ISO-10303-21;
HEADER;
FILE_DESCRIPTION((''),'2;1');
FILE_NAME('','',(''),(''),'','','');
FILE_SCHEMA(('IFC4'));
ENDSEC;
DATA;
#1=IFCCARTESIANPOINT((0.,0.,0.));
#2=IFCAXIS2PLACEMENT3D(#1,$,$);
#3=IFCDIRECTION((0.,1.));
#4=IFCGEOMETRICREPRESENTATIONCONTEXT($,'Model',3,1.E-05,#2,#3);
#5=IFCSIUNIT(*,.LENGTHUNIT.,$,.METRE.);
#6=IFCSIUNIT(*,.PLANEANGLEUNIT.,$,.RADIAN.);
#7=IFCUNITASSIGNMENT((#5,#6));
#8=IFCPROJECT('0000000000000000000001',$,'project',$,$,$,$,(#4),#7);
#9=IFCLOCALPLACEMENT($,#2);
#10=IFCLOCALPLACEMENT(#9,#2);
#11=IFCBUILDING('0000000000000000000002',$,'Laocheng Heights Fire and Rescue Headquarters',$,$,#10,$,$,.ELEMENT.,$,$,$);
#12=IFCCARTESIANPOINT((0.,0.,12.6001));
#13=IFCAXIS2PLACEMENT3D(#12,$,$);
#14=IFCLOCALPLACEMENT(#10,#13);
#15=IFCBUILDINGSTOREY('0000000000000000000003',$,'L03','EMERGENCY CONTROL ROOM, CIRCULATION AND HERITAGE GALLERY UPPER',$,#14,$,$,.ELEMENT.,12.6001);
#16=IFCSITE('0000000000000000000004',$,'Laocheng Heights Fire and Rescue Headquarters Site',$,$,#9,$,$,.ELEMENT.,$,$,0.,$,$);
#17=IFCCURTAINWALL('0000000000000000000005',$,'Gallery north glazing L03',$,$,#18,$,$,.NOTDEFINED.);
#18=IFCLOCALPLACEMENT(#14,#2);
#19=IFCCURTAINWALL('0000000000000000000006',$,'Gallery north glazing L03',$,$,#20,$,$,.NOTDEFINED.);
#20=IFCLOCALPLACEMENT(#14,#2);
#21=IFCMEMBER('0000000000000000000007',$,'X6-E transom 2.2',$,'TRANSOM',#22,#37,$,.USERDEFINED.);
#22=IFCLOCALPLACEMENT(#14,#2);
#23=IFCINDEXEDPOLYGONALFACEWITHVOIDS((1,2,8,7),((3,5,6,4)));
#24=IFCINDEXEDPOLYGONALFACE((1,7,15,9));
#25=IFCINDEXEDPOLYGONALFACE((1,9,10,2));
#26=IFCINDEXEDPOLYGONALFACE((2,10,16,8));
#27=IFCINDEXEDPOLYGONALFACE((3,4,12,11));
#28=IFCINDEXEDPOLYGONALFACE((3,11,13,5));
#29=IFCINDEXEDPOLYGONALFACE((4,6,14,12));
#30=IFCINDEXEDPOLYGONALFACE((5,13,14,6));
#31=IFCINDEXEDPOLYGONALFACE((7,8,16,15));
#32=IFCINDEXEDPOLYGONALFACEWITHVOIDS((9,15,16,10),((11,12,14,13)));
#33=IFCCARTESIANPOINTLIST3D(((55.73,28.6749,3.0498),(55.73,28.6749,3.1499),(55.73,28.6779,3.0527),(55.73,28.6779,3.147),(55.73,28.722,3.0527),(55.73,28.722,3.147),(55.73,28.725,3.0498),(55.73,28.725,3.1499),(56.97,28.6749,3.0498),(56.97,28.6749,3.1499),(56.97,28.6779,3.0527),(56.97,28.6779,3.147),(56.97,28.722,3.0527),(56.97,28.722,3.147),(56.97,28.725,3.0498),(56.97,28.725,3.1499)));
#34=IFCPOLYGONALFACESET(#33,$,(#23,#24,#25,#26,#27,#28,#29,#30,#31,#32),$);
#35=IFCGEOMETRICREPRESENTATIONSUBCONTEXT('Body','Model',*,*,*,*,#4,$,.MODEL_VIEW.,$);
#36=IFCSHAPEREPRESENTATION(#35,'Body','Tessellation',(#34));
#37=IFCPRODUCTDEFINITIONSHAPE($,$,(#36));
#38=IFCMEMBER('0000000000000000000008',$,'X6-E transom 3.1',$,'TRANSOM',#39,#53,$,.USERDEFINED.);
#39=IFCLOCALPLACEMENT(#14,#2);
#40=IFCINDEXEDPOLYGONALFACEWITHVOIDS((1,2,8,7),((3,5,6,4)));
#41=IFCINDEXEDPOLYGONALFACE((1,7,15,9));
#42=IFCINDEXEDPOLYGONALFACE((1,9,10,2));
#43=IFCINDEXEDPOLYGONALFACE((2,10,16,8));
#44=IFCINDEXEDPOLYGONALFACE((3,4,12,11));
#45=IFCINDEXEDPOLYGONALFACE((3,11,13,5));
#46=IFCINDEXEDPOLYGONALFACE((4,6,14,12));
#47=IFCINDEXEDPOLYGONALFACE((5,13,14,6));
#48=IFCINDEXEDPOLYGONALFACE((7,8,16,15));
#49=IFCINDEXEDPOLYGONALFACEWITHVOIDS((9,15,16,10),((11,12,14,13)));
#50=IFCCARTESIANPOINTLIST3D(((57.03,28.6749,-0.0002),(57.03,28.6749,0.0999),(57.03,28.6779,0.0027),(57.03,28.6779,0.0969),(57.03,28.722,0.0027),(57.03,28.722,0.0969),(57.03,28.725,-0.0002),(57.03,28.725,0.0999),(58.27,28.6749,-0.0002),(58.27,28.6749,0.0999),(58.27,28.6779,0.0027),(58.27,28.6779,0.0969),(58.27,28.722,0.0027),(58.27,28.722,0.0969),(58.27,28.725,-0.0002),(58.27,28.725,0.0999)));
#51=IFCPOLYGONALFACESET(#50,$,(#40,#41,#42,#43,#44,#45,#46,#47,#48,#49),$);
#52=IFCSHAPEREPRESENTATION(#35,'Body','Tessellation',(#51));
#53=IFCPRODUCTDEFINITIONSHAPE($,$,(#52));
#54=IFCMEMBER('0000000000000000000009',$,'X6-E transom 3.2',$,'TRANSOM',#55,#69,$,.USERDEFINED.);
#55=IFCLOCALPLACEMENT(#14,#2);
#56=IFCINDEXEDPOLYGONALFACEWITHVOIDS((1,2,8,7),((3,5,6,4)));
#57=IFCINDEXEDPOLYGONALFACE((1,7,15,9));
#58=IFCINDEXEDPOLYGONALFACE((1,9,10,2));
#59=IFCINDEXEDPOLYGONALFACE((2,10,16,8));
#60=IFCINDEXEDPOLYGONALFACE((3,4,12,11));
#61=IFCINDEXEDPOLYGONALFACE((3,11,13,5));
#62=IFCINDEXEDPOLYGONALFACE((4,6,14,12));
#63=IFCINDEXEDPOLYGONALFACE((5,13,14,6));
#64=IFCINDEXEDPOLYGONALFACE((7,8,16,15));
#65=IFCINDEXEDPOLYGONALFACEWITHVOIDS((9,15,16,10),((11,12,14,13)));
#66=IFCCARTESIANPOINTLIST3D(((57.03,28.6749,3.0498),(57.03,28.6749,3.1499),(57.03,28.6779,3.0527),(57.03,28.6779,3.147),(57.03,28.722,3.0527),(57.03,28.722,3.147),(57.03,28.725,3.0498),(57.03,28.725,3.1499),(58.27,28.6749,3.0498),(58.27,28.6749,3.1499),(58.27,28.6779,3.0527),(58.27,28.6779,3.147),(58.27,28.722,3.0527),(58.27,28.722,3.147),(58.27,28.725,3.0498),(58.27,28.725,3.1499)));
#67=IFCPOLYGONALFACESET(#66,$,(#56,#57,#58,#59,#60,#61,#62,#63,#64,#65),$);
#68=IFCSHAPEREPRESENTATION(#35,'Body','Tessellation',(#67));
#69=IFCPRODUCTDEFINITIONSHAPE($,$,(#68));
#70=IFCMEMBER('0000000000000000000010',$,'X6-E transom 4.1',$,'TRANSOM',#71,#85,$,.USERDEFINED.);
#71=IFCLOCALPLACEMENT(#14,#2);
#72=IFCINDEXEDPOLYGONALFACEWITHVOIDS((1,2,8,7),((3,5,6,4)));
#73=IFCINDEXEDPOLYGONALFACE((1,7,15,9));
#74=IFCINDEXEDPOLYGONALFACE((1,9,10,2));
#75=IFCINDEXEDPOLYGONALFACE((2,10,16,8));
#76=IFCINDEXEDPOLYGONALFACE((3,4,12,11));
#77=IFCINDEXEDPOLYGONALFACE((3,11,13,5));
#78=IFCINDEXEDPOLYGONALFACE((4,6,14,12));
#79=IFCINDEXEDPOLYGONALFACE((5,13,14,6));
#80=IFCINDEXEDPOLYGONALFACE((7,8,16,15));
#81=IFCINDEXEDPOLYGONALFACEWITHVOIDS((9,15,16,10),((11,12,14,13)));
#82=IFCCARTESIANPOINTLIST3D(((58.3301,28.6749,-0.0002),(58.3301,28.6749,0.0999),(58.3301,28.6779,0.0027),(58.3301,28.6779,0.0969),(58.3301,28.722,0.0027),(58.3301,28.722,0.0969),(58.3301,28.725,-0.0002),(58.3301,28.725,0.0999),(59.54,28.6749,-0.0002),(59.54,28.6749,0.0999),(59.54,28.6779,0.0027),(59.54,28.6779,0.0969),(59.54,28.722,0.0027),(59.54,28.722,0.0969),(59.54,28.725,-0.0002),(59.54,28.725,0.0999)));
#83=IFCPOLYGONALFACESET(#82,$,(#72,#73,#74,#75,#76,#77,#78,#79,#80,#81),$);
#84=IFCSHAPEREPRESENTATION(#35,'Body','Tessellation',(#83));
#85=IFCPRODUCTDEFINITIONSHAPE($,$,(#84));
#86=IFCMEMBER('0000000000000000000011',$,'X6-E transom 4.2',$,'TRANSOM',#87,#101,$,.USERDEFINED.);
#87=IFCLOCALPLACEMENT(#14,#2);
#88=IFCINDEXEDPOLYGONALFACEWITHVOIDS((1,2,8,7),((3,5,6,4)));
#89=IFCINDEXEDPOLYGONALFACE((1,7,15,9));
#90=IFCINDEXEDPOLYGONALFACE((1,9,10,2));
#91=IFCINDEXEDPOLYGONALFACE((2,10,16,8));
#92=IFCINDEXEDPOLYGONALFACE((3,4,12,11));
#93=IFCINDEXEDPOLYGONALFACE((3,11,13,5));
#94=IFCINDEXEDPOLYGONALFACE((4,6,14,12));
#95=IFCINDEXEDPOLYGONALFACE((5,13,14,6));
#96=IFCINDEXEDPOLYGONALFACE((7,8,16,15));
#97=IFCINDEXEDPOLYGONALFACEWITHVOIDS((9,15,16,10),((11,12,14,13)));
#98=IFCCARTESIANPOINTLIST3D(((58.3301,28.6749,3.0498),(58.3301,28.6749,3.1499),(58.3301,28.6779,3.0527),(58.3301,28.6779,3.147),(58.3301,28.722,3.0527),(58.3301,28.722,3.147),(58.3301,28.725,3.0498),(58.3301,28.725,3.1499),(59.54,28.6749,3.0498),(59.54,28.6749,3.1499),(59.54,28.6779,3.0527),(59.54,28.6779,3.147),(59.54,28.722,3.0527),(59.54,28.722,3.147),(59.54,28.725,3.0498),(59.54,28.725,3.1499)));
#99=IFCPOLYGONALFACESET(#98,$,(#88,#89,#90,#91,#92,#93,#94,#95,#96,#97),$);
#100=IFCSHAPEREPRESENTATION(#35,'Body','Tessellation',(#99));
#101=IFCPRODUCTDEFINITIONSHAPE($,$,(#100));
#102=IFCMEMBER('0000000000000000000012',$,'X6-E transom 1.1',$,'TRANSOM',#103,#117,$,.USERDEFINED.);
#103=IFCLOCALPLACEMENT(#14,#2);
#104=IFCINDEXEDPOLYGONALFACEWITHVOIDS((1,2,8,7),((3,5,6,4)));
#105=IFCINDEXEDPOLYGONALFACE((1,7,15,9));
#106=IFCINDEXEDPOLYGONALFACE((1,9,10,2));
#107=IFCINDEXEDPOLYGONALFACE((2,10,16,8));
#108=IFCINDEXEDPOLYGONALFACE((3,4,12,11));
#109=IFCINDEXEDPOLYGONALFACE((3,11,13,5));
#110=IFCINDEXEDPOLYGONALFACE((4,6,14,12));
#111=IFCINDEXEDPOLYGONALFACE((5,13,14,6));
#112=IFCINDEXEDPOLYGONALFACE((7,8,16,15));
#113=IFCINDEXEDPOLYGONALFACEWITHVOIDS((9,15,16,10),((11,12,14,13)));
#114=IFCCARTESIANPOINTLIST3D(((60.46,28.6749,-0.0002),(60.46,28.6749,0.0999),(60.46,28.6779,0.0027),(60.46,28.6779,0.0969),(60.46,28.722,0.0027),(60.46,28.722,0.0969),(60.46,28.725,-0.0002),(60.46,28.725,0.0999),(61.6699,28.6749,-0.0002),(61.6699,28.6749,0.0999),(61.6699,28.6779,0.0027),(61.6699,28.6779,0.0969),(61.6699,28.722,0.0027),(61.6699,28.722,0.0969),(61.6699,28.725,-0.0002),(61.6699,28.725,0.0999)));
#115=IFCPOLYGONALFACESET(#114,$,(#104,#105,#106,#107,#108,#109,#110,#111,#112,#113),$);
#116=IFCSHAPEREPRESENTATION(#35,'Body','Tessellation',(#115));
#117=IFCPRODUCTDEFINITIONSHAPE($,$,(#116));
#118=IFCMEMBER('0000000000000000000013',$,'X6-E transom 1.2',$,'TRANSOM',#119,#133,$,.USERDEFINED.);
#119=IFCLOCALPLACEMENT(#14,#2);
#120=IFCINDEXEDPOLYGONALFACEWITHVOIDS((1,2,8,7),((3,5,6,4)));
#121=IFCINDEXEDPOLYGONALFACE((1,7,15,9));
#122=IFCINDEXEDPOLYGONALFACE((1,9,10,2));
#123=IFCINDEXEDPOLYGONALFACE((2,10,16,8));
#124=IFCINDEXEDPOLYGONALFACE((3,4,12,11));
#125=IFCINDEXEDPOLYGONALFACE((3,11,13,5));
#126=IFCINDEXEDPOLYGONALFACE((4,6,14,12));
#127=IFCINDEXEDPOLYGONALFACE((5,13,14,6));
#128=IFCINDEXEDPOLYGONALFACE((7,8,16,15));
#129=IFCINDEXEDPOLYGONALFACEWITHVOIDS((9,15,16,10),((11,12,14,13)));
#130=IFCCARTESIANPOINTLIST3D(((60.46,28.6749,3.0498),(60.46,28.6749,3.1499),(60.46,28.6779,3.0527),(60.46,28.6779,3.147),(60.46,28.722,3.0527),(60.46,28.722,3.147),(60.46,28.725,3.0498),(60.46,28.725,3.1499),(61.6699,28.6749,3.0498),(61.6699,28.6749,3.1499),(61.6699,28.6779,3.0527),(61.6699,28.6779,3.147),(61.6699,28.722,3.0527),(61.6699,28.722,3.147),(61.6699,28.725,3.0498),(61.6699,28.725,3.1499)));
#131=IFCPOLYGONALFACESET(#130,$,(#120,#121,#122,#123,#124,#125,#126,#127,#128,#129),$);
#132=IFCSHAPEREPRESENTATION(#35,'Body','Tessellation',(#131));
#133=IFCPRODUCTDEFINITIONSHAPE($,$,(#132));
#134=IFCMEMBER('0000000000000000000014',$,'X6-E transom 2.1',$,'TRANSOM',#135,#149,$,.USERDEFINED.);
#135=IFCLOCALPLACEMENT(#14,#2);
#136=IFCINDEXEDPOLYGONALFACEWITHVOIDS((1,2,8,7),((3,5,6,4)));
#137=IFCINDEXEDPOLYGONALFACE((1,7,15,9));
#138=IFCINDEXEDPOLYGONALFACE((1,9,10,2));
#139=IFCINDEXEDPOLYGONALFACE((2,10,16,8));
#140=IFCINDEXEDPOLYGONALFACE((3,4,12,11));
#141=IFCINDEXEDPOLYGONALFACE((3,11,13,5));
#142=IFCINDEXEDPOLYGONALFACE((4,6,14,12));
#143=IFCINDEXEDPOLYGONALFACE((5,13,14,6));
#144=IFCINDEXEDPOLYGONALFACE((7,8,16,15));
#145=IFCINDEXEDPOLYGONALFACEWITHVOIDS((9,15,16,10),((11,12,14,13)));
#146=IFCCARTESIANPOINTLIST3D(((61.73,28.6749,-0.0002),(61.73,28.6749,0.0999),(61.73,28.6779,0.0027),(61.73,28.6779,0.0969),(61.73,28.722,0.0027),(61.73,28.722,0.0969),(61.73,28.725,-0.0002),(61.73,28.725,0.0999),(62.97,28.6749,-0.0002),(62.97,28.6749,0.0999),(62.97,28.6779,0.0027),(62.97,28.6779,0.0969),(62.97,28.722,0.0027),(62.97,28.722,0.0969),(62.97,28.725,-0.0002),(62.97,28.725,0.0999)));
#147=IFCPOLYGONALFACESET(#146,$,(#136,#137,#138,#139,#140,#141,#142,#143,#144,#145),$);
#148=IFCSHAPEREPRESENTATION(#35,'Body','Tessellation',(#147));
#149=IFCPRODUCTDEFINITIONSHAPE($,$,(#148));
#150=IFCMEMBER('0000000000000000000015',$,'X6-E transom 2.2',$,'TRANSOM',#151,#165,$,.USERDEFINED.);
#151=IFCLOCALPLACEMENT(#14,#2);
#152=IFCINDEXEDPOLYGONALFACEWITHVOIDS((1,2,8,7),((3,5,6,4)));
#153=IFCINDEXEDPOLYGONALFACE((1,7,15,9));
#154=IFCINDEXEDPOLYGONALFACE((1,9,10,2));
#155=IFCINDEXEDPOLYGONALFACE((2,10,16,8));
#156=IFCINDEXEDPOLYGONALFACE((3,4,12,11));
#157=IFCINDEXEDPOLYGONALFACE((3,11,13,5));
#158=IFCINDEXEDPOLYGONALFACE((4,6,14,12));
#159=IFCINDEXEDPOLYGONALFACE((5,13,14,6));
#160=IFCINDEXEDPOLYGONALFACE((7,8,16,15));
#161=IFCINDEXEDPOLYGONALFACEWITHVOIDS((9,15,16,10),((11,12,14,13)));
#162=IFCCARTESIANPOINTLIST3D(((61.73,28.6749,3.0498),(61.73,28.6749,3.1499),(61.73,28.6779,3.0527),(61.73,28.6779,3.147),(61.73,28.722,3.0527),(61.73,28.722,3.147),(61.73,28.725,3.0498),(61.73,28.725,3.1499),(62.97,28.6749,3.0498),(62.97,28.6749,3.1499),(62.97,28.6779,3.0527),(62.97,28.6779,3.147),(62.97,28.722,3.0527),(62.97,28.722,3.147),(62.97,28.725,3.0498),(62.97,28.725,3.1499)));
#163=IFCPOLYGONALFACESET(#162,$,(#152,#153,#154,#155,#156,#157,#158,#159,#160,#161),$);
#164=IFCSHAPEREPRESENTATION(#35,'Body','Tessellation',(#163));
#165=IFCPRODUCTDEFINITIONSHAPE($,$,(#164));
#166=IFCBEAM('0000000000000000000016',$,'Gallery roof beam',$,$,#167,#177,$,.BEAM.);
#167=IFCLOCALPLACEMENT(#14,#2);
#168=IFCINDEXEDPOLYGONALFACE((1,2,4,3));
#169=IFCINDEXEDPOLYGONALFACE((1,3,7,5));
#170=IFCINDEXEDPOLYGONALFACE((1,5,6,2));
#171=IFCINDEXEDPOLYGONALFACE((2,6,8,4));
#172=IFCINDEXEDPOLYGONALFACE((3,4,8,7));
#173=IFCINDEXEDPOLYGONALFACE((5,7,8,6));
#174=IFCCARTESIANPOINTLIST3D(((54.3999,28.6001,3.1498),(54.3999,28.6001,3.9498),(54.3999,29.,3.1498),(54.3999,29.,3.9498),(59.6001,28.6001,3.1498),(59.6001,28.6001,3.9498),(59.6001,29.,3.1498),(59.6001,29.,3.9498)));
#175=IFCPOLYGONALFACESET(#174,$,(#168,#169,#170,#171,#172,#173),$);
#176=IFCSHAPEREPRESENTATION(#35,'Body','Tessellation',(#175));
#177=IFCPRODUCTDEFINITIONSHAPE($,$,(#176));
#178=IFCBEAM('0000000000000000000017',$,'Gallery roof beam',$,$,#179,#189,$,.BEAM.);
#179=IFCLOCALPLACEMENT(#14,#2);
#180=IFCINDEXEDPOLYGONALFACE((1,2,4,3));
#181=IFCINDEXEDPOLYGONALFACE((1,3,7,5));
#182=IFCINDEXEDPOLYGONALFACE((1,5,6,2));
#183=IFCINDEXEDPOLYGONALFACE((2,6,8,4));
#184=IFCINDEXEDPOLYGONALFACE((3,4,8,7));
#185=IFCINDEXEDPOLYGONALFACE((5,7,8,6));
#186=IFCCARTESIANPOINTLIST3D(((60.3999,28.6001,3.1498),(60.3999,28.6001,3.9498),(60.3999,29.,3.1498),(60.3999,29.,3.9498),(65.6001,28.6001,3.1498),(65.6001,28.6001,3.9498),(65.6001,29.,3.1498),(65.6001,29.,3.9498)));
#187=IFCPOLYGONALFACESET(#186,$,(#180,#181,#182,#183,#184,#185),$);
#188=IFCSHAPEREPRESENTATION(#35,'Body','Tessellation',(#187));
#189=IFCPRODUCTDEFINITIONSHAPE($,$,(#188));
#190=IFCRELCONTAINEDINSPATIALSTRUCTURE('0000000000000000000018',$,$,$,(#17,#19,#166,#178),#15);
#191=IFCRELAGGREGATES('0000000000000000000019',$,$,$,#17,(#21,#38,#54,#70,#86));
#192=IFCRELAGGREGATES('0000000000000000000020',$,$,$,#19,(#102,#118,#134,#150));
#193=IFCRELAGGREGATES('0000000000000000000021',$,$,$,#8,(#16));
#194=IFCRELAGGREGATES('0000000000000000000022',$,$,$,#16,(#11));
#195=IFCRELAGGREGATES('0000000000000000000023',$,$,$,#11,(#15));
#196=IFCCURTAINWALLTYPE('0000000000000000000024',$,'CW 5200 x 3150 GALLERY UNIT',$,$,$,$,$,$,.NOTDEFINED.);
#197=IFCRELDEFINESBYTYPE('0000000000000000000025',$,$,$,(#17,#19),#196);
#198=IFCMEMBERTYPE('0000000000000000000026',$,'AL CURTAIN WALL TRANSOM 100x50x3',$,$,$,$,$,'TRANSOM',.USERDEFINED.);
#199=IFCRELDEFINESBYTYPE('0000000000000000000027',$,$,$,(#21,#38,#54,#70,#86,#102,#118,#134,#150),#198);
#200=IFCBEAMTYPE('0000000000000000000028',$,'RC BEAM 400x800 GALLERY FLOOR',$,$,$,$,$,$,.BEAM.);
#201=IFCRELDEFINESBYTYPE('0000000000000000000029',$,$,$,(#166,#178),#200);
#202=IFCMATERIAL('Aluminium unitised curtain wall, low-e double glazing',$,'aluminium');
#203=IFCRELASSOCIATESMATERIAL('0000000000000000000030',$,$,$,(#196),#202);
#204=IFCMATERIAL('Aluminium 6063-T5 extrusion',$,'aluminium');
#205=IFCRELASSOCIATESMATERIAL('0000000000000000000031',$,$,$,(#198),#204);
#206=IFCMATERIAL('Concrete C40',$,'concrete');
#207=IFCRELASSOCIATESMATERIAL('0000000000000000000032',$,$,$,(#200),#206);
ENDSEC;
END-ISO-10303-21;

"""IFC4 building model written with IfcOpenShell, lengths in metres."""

from ifc_helpers import new_model, si_unit, direction, frame, origin, origin_2d, place, context, subcontext, project, spatial, rectangle, hollow_rectangle, extrude, material, material_profile, profile_set, type_object, element, aggregate, save


model = new_model("IFC4")

# Units and contexts
model_context = context("Model", 3, precision=1e-05, world=origin(), true_north=direction((0.0, 1.0)))
body_context = subcontext(model_context, "Body", "Model", "MODEL_VIEW")
ifc_project = project(units=[si_unit("LENGTHUNIT", "METRE"), si_unit("PLANEANGLEUNIT", "RADIAN")], contexts=[model_context])

# Site, building, storey
site_placement = place(None, origin())
site = spatial("IfcSite", under=ifc_project, at=site_placement, Name="Laocheng Heights Fire and Rescue Headquarters Site", CompositionType="ELEMENT", RefElevation=0.0)
building_placement = place(site_placement, origin())
building = spatial("IfcBuilding", under=site, at=building_placement, Name="Laocheng Heights Fire and Rescue Headquarters", CompositionType="ELEMENT")
storey_placement = place(building_placement, frame((0.0, 0.0, 12.6001)))
storey = spatial("IfcBuildingStorey", under=building, at=storey_placement, Name="L03", Description="EMERGENCY CONTROL ROOM, CIRCULATION AND HERITAGE GALLERY UPPER", CompositionType="ELEMENT", Elevation=12.6001)

# Curtain walls
ifc_material_1 = material(Name="Aluminium unitised curtain wall, low-e double glazing", Category="aluminium")
curtain_wall_type = type_object("IfcCurtainWallType", Name="CW 5200 x 3150 GALLERY UNIT", PredefinedType="NOTDEFINED", material=ifc_material_1)
curtain_wall_1_placement = place(storey_placement, origin())
curtain_wall_1 = element("IfcCurtainWall", 1, at=curtain_wall_1_placement, inside=storey, type_object=curtain_wall_type, Name="Gallery north glazing L03", PredefinedType="NOTDEFINED")
curtain_wall_2_placement = place(storey_placement, origin())
curtain_wall_2 = element("IfcCurtainWall", 2, at=curtain_wall_2_placement, inside=storey, type_object=curtain_wall_type, Name="Gallery north glazing L03", PredefinedType="NOTDEFINED")

# Members
ifc_material_2 = material(Name="Aluminium 6063-T5 extrusion", Category="aluminium")
ifc_material_profile_1 = material_profile(ifc_material_2, hollow_rectangle(XDim=0.05, YDim=0.1001, WallThickness=0.0029, at=origin_2d()), Name="AL TRANSOM 100x50x3")
ifc_profile_set_1 = profile_set([ifc_material_profile_1], Name="Aluminium 6063-T5 extrusion")
member_type_1 = type_object("IfcMemberType", Name="AL CURTAIN WALL TRANSOM 100x50x3", ElementType="TRANSOM", PredefinedType="USERDEFINED", material=ifc_profile_set_1)
member_1_placement = place(storey_placement, frame((55.73, 28.7, 3.0999), z_axis=(1.0, 0.0, 0.0), x_axis=(0.0, 1.0, 0.0)))
member_1 = element("IfcMember", 3, at=member_1_placement, type_object=member_type_1, Name="X6-E transom 2.2", ObjectType="TRANSOM", PredefinedType="USERDEFINED", context=body_context, shape_type="SweptSolid", body=[
    extrude(hollow_rectangle(XDim=0.05, YDim=0.1001, WallThickness=0.0029, at=origin_2d()), origin(), (0.0, 0.0, 1.0), 1.24),
])
member_2_placement = place(storey_placement, frame((57.03, 28.7, 0.0498), z_axis=(1.0, 0.0, 0.0), x_axis=(0.0, 1.0, 0.0)))
member_2 = element("IfcMember", 4, at=member_2_placement, type_object=member_type_1, Name="X6-E transom 3.1", ObjectType="TRANSOM", PredefinedType="USERDEFINED", context=body_context, shape_type="SweptSolid", body=[
    extrude(hollow_rectangle(XDim=0.05, YDim=0.1001, WallThickness=0.0029, at=origin_2d()), origin(), (0.0, 0.0, 1.0), 1.24),
])
member_3_placement = place(storey_placement, frame((57.03, 28.7, 3.0999), z_axis=(1.0, 0.0, 0.0), x_axis=(0.0, 1.0, 0.0)))
member_3 = element("IfcMember", 5, at=member_3_placement, type_object=member_type_1, Name="X6-E transom 3.2", ObjectType="TRANSOM", PredefinedType="USERDEFINED", context=body_context, shape_type="SweptSolid", body=[
    extrude(hollow_rectangle(XDim=0.05, YDim=0.1001, WallThickness=0.0029, at=origin_2d()), origin(), (0.0, 0.0, 1.0), 1.24),
])
member_4_placement = place(storey_placement, frame((58.3301, 28.7, 0.0498), z_axis=(1.0, 0.0, 0.0), x_axis=(0.0, 1.0, 0.0)))
member_4 = element("IfcMember", 6, at=member_4_placement, type_object=member_type_1, Name="X6-E transom 4.1", ObjectType="TRANSOM", PredefinedType="USERDEFINED", context=body_context, shape_type="SweptSolid", body=[
    extrude(hollow_rectangle(XDim=0.05, YDim=0.1001, WallThickness=0.0029, at=origin_2d()), origin(), (0.0, 0.0, 1.0), 1.21),
])
member_5_placement = place(storey_placement, frame((58.3301, 28.7, 3.0999), z_axis=(1.0, 0.0, 0.0), x_axis=(0.0, 1.0, 0.0)))
member_5 = element("IfcMember", 7, at=member_5_placement, type_object=member_type_1, Name="X6-E transom 4.2", ObjectType="TRANSOM", PredefinedType="USERDEFINED", context=body_context, shape_type="SweptSolid", body=[
    extrude(hollow_rectangle(XDim=0.05, YDim=0.1001, WallThickness=0.0029, at=origin_2d()), origin(), (0.0, 0.0, 1.0), 1.21),
])
member_6_placement = place(storey_placement, frame((60.46, 28.7, 0.0498), z_axis=(1.0, 0.0, 0.0), x_axis=(0.0, 1.0, 0.0)))
member_6 = element("IfcMember", 8, at=member_6_placement, type_object=member_type_1, Name="X6-E transom 1.1", ObjectType="TRANSOM", PredefinedType="USERDEFINED", context=body_context, shape_type="SweptSolid", body=[
    extrude(hollow_rectangle(XDim=0.05, YDim=0.1001, WallThickness=0.0029, at=origin_2d()), origin(), (0.0, 0.0, 1.0), 1.21),
])
member_7_placement = place(storey_placement, frame((60.46, 28.7, 3.0999), z_axis=(1.0, 0.0, 0.0), x_axis=(0.0, 1.0, 0.0)))
member_7 = element("IfcMember", 9, at=member_7_placement, type_object=member_type_1, Name="X6-E transom 1.2", ObjectType="TRANSOM", PredefinedType="USERDEFINED", context=body_context, shape_type="SweptSolid", body=[
    extrude(hollow_rectangle(XDim=0.05, YDim=0.1001, WallThickness=0.0029, at=origin_2d()), origin(), (0.0, 0.0, 1.0), 1.21),
])
member_8_placement = place(storey_placement, frame((61.73, 28.7, 0.0498), z_axis=(1.0, 0.0, 0.0), x_axis=(0.0, 1.0, 0.0)))
member_8 = element("IfcMember", 10, at=member_8_placement, type_object=member_type_1, Name="X6-E transom 2.1", ObjectType="TRANSOM", PredefinedType="USERDEFINED", context=body_context, shape_type="SweptSolid", body=[
    extrude(hollow_rectangle(XDim=0.05, YDim=0.1001, WallThickness=0.0029, at=origin_2d()), origin(), (0.0, 0.0, 1.0), 1.24),
])
member_9_placement = place(storey_placement, frame((61.73, 28.7, 3.0999), z_axis=(1.0, 0.0, 0.0), x_axis=(0.0, 1.0, 0.0)))
member_9 = element("IfcMember", 11, at=member_9_placement, type_object=member_type_1, Name="X6-E transom 2.2", ObjectType="TRANSOM", PredefinedType="USERDEFINED", context=body_context, shape_type="SweptSolid", body=[
    extrude(hollow_rectangle(XDim=0.05, YDim=0.1001, WallThickness=0.0029, at=origin_2d()), origin(), (0.0, 0.0, 1.0), 1.24),
])

# Beams
ifc_material_3 = material(Name="Concrete C40", Category="concrete")
ifc_material_profile_2 = material_profile(ifc_material_3, rectangle(XDim=0.3999, YDim=0.8, at=origin_2d()), Name="RC BEAM 400x800 GALLERY FLOOR")
ifc_profile_set_2 = profile_set([ifc_material_profile_2], Name="Concrete C40")
beam_type = type_object("IfcBeamType", Name="RC BEAM 400x800 GALLERY FLOOR", PredefinedType="BEAM", material=ifc_profile_set_2)
for number, where, z_axis, x_axis, name in (
    (12, (54.3999, 28.8, 3.5498), (1.0, 0.0, 0.0), (0.0, 1.0, 0.0), "Gallery roof beam"),
    (13, (60.3999, 28.8, 3.5498), (1.0, 0.0, 0.0), (0.0, 1.0, 0.0), "Gallery roof beam"),
):
    element("IfcBeam", number, at=place(storey_placement, frame(where, z_axis=z_axis, x_axis=x_axis)), inside=storey, type_object=beam_type, Name=name, PredefinedType="BEAM", context=body_context, shape_type="SweptSolid", body=[
        extrude(rectangle(XDim=0.3999, YDim=0.8, at=origin_2d()), origin(), (0.0, 0.0, 1.0), 5.2002),
    ])

aggregate(curtain_wall_1, [member_1, member_2, member_3, member_4, member_5])
aggregate(curtain_wall_2, [member_6, member_7, member_8, member_9])

save(model, "model.ifc")
